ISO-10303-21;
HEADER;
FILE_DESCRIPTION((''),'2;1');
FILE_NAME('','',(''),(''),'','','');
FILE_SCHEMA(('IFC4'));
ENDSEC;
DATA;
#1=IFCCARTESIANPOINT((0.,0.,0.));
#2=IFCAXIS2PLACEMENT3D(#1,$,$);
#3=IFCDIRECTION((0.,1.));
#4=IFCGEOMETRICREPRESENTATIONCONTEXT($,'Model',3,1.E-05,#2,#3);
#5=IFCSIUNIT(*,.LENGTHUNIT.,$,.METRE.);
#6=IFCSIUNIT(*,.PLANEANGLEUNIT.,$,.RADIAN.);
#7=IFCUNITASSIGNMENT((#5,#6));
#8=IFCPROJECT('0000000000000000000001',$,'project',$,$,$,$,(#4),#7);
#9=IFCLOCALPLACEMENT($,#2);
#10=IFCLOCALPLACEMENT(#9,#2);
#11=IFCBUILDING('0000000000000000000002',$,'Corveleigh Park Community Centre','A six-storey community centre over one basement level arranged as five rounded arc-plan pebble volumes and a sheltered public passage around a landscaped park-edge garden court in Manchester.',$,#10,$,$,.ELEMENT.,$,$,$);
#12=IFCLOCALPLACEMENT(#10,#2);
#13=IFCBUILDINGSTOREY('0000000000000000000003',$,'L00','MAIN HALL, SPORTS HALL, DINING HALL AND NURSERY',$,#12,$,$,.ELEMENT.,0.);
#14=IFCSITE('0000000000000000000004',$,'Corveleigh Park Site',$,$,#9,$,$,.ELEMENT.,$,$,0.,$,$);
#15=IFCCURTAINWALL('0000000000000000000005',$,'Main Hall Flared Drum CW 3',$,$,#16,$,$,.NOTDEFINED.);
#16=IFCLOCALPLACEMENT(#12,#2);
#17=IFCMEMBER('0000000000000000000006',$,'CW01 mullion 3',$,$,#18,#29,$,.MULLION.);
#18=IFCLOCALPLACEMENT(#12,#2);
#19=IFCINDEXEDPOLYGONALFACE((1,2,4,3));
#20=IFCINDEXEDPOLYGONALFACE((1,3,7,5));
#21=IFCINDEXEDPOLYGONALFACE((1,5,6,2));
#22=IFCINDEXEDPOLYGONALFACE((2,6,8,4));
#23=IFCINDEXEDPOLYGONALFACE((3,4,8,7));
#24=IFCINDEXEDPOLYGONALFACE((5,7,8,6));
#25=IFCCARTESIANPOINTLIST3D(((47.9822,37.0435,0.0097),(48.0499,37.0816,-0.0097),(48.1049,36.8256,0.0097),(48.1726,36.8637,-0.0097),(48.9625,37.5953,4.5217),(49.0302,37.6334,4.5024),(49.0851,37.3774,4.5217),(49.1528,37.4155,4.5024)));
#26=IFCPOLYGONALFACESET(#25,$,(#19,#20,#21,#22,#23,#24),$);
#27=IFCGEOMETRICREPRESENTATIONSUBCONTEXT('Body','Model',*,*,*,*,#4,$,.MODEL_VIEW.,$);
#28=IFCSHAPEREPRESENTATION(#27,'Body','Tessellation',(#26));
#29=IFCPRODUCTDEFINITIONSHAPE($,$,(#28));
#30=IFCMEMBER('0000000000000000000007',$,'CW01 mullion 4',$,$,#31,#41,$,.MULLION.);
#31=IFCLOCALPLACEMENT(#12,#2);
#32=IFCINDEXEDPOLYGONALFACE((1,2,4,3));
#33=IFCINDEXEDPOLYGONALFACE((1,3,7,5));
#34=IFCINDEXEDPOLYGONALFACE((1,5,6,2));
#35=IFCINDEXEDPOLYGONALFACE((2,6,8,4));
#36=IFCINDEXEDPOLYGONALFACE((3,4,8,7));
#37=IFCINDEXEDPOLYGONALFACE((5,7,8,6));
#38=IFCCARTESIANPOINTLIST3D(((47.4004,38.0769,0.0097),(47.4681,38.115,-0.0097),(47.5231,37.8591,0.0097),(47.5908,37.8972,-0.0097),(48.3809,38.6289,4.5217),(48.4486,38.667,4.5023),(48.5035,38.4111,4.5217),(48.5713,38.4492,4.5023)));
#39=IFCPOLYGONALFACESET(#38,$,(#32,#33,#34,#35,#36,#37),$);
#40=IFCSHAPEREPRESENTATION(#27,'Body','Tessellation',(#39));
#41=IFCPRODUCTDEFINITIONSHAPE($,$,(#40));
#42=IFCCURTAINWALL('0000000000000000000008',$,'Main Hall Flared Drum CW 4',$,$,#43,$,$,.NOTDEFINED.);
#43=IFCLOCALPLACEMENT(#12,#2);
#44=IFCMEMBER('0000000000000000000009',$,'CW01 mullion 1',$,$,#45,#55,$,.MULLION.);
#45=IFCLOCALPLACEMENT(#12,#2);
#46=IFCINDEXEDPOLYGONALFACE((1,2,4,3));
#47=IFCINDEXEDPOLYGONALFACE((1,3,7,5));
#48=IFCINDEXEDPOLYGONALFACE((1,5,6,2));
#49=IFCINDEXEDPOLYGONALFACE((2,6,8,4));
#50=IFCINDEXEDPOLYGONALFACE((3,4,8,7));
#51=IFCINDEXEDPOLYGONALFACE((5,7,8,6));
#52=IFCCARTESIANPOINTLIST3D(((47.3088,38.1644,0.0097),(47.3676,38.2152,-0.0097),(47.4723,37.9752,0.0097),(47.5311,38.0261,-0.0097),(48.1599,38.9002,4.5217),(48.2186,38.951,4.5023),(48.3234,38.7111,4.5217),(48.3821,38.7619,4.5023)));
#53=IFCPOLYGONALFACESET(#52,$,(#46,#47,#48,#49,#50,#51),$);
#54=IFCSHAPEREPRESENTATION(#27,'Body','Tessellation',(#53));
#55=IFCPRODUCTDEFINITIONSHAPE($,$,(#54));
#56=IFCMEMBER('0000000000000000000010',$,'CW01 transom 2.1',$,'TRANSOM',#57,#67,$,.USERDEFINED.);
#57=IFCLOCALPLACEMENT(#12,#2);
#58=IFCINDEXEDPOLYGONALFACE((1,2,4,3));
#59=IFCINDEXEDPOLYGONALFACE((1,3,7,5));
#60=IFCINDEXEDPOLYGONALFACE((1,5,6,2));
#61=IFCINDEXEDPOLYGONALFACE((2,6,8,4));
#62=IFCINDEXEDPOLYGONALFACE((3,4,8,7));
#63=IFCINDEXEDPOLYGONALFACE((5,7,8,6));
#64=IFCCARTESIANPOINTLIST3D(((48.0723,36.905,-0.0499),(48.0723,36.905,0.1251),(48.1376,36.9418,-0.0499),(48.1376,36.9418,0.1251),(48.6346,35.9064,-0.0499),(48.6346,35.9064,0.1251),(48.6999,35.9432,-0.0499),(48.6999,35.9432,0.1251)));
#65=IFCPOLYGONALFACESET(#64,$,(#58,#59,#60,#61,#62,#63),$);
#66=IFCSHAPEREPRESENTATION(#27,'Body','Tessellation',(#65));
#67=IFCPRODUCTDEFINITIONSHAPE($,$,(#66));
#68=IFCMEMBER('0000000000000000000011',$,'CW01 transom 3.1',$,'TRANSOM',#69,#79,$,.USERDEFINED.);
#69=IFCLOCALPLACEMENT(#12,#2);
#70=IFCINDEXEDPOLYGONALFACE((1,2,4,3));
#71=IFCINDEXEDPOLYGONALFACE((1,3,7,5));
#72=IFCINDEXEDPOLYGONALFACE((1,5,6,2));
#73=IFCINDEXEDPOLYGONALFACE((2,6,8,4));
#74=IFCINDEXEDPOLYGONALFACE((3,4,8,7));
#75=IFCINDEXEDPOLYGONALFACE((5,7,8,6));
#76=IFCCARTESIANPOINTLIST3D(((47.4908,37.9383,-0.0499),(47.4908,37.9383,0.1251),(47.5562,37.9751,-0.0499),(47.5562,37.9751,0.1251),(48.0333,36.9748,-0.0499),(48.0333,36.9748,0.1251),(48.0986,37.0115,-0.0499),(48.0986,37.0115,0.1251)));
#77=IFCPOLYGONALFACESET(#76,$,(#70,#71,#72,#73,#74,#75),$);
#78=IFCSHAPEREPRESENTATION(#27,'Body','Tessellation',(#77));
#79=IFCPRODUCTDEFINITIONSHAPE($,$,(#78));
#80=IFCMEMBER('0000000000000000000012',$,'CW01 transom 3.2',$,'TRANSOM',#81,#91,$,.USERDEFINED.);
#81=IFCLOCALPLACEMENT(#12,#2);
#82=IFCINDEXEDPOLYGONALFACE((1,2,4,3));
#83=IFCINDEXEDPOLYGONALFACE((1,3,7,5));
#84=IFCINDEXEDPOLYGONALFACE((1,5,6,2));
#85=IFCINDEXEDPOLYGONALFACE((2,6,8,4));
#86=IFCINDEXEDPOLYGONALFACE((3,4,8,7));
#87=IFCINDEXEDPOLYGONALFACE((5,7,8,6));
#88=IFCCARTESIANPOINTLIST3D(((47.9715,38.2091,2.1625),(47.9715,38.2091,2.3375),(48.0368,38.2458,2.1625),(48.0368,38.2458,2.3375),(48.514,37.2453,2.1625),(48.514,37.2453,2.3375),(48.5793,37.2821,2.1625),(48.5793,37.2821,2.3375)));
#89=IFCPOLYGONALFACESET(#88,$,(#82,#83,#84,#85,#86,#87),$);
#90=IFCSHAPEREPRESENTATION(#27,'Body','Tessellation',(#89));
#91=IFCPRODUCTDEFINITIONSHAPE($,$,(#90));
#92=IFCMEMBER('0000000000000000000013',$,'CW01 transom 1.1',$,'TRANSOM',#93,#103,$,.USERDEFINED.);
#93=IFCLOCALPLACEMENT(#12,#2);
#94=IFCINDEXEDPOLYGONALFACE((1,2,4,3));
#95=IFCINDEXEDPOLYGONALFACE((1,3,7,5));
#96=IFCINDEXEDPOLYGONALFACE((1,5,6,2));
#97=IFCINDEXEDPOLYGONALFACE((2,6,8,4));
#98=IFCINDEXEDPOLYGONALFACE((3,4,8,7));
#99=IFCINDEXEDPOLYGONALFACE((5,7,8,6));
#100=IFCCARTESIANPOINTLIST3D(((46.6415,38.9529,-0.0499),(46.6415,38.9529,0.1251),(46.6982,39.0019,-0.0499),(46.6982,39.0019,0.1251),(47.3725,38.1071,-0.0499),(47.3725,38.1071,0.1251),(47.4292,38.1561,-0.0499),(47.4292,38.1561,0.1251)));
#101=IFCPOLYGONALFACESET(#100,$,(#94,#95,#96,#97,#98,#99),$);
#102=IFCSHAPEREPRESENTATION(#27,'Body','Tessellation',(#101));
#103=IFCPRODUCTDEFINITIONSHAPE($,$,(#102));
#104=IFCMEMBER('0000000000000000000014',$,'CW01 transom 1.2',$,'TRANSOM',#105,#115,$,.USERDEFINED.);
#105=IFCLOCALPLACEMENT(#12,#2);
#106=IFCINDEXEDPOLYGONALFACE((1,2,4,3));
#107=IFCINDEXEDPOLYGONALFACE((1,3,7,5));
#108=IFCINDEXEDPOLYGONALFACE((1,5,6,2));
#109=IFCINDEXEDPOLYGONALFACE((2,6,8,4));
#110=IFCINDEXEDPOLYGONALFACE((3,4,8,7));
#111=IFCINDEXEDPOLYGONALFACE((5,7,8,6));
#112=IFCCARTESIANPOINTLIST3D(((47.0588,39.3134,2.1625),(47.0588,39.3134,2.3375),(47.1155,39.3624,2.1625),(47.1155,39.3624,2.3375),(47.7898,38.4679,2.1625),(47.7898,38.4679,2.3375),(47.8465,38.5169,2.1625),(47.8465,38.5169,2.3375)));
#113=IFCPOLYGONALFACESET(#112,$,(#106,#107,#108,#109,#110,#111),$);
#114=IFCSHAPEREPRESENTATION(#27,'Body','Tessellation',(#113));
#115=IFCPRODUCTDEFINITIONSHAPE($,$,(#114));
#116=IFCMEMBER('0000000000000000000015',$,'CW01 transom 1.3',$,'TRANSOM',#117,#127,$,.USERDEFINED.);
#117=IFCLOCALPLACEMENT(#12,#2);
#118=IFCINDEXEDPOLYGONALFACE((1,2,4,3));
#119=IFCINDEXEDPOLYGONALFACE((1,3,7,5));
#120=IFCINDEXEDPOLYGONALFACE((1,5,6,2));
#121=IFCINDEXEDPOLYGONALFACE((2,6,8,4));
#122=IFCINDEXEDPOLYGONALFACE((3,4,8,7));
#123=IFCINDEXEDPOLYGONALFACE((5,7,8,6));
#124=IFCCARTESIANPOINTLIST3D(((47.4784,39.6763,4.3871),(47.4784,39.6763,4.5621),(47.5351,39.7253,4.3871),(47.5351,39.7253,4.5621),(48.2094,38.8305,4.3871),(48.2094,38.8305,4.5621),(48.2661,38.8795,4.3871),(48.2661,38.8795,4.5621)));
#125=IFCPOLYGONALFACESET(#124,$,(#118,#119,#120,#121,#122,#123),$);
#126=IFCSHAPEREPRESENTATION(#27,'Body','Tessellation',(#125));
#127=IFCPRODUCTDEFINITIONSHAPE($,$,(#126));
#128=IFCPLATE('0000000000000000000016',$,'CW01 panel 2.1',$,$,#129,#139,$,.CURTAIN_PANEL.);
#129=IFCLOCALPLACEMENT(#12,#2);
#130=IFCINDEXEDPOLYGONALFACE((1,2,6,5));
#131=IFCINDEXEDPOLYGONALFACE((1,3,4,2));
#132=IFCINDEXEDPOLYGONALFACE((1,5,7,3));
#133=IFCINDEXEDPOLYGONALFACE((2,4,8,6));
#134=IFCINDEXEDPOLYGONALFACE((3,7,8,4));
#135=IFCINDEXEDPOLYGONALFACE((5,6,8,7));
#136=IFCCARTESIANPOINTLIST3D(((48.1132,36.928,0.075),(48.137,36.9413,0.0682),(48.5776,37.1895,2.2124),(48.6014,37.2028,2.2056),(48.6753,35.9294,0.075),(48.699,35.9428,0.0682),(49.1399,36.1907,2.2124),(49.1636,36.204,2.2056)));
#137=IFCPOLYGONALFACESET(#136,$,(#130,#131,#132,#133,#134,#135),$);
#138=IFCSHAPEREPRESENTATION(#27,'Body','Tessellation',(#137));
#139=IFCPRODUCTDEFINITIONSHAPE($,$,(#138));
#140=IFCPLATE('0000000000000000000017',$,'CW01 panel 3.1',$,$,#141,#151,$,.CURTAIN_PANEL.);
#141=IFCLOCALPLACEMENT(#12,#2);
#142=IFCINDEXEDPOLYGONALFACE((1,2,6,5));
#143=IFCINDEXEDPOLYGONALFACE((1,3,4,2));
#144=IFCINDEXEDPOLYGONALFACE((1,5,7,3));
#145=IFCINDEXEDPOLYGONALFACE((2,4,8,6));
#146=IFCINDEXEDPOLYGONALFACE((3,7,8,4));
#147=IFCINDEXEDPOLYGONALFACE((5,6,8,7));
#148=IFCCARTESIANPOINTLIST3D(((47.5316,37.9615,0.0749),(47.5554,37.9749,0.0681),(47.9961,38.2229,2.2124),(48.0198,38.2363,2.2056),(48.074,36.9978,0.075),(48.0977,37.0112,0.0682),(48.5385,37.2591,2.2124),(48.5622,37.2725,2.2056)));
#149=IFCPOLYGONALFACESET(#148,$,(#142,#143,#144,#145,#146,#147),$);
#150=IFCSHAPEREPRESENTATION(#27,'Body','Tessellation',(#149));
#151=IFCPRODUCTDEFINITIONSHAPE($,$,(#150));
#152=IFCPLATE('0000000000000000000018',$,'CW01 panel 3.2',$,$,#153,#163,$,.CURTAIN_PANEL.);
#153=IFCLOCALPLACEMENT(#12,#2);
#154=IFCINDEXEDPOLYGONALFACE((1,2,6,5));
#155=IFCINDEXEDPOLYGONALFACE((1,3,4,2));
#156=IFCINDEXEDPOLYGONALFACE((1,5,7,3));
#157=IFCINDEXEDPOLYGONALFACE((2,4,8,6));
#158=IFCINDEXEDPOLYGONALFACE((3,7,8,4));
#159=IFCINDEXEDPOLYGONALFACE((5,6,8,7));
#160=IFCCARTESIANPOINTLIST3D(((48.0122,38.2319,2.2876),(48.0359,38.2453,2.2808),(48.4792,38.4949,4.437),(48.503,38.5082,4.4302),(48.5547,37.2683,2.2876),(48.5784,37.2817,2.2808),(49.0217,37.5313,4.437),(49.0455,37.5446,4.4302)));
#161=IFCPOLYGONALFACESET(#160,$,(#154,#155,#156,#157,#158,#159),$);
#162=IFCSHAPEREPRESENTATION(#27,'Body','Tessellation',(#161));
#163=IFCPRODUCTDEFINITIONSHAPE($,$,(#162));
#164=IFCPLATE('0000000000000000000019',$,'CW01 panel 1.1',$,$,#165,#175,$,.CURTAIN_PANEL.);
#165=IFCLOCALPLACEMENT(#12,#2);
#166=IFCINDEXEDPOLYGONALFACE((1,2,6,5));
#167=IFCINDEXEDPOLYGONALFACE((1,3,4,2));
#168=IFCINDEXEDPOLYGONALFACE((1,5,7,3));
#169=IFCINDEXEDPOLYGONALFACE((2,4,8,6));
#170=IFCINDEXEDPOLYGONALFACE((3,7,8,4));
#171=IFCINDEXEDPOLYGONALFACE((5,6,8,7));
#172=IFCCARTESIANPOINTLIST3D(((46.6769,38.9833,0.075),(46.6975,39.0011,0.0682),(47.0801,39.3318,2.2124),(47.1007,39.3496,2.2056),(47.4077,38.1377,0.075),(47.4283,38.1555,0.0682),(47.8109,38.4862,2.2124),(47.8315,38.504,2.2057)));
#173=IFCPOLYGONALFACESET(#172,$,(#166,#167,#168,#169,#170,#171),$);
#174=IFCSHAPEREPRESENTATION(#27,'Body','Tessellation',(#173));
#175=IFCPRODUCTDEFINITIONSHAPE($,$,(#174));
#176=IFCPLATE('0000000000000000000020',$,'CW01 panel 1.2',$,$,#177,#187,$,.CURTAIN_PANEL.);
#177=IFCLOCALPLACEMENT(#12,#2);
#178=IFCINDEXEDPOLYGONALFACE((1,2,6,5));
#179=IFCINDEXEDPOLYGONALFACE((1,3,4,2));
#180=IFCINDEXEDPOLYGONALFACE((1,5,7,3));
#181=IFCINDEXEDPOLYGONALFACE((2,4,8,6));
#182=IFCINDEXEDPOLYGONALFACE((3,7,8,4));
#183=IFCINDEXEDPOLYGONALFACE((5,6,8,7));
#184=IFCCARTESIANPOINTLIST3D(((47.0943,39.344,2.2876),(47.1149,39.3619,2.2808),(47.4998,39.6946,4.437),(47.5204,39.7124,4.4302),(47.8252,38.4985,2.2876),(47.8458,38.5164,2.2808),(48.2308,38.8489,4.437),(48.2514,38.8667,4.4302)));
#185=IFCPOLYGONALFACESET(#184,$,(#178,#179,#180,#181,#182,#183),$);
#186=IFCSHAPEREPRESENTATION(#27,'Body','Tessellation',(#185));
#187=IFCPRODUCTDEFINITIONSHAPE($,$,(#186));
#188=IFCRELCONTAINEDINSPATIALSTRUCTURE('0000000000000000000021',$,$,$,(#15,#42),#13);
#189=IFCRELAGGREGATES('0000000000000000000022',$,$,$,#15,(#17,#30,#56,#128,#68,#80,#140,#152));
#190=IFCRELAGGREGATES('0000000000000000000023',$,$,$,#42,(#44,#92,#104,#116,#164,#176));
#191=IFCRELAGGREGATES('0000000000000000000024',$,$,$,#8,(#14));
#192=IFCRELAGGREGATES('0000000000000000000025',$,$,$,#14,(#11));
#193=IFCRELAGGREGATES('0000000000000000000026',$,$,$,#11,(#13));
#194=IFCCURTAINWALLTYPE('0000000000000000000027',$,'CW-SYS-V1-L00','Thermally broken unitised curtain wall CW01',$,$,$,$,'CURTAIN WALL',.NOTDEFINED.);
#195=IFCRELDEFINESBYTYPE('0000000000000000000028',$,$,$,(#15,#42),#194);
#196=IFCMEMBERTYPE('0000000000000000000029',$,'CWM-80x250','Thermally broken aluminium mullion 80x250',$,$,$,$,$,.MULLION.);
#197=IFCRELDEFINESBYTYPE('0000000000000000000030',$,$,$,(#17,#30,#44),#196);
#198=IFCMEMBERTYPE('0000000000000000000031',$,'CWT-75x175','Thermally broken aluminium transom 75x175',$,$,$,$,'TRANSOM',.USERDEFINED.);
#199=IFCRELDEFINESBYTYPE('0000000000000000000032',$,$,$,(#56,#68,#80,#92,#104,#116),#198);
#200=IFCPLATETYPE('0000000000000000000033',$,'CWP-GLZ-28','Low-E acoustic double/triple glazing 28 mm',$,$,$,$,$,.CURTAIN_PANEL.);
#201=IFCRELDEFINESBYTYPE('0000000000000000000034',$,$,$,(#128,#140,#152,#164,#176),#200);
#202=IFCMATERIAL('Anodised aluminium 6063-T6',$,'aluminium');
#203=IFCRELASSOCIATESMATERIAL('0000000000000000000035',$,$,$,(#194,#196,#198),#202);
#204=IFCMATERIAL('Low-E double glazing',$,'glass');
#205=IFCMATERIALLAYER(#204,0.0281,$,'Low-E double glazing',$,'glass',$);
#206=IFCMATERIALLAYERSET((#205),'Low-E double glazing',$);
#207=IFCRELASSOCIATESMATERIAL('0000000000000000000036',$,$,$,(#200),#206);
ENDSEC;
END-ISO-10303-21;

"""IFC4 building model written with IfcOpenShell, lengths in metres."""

from ifc_helpers import new_model, si_unit, direction, frame, origin, origin_2d, place, context, subcontext, project, spatial, polyline, rectangle, outline, extrude, material, layer, layer_set, material_profile, profile_set, type_object, element, aggregate, save


model = new_model("IFC4")

# Units and contexts
model_context = context("Model", 3, precision=1e-05, world=origin(), true_north=direction((0.0, 1.0)))
body_context = subcontext(model_context, "Body", "Model", "MODEL_VIEW")
ifc_project = project(units=[si_unit("LENGTHUNIT", "METRE"), si_unit("PLANEANGLEUNIT", "RADIAN")], contexts=[model_context])

# Site, building, storey
site_placement = place(None, origin())
site = spatial("IfcSite", under=ifc_project, at=site_placement, Name="Corveleigh Park Site", CompositionType="ELEMENT", RefElevation=0.0)
building_placement = place(site_placement, origin())
building = spatial("IfcBuilding", under=site, at=building_placement, Name="Corveleigh Park Community Centre", Description="A six-storey community centre over one basement level arranged as five rounded arc-plan pebble volumes and a sheltered public passage around a landscaped park-edge garden court in Manchester.", CompositionType="ELEMENT")
storey_placement = place(building_placement, origin())
storey = spatial("IfcBuildingStorey", under=building, at=storey_placement, Name="L00", Description="MAIN HALL, SPORTS HALL, DINING HALL AND NURSERY", CompositionType="ELEMENT", Elevation=0.0)

# Curtain wall, members
ifc_material_1 = material(Name="Anodised aluminium 6063-T6", Category="aluminium")
curtain_wall_type = type_object("IfcCurtainWallType", Name="CW-SYS-V1-L00", Description="Thermally broken unitised curtain wall CW01", ElementType="CURTAIN WALL", PredefinedType="NOTDEFINED", material=ifc_material_1)
curtain_wall_1_placement = place(storey_placement, origin())
curtain_wall_1 = element("IfcCurtainWall", 1, at=curtain_wall_1_placement, inside=storey, type_object=curtain_wall_type, Name="Main Hall Flared Drum CW 3", PredefinedType="NOTDEFINED")
ifc_material_profile_1 = material_profile(ifc_material_1, rectangle(XDim=0.0801, YDim=0.25, at=origin_2d()), Name="ALU-M80x250", Category="aluminium")
ifc_profile_set_1 = profile_set([ifc_material_profile_1], Name="Anodised aluminium 6063-T6")
member_type_1 = type_object("IfcMemberType", Name="CWM-80x250", Description="Thermally broken aluminium mullion 80x250", PredefinedType="MULLION", material=ifc_profile_set_1)
member_1_placement = place(storey_placement, frame((48.0774, 36.9536, 0.0), z_axis=(0.210798, 0.118656, 0.970301), x_axis=(-0.84555, -0.475951, 0.241899)))
member_1 = element("IfcMember", 2, at=member_1_placement, type_object=member_type_1, Name="CW01 mullion 3", PredefinedType="MULLION", context=body_context, shape_type="SweptSolid", body=[
    extrude(rectangle(XDim=0.0801, YDim=0.25, at=origin_2d()), origin(), (0.0, 0.0, 1.0), 4.6501),
])
member_2_placement = place(storey_placement, frame((47.4956, 37.9871, 0.0), z_axis=(0.210847, 0.118706, 0.970285), x_axis=(-0.845496, -0.476013, 0.241966)))
member_2 = element("IfcMember", 3, at=member_2_placement, type_object=member_type_1, Name="CW01 mullion 4", PredefinedType="MULLION", context=body_context, shape_type="SweptSolid", body=[
    extrude(rectangle(XDim=0.0801, YDim=0.25, at=origin_2d()), origin(), (0.0, 0.0, 1.0), 4.6501),
])

# Curtain wall, member
curtain_wall_2_placement = place(storey_placement, origin())
curtain_wall_2 = element("IfcCurtainWall", 4, at=curtain_wall_2_placement, inside=storey, type_object=curtain_wall_type, Name="Main Hall Flared Drum CW 4", PredefinedType="NOTDEFINED")
member_3_placement = place(storey_placement, frame((47.4199, 38.0952, 0.0), z_axis=(0.183022, 0.158241, 0.97029), x_axis=(-0.733987, -0.634606, 0.241945)))
member_3 = element("IfcMember", 5, at=member_3_placement, type_object=member_type_1, Name="CW01 mullion 1", PredefinedType="MULLION", context=body_context, shape_type="SweptSolid", body=[
    extrude(rectangle(XDim=0.0801, YDim=0.25, at=origin_2d()), origin(), (0.0, 0.0, 1.0), 4.6501),
])

# Members
ifc_material_profile_2 = material_profile(ifc_material_1, rectangle(XDim=0.075, YDim=0.175, at=origin_2d()), Name="ALU-T75x175", Category="aluminium")
ifc_profile_set_2 = profile_set([ifc_material_profile_2], Name="Anodised aluminium 6063-T6")
member_type_2 = type_object("IfcMemberType", Name="CWT-75x175", Description="Thermally broken aluminium transom 75x175", ElementType="TRANSOM", PredefinedType="USERDEFINED", material=ifc_profile_set_2)
member_4_placement = place(storey_placement, frame((48.6672, 35.9248, 0.0376), z_axis=(-0.490646, 0.871359, 0.0), x_axis=(-0.871359, -0.490646, 0.0)))
member_4 = element("IfcMember", 6, at=member_4_placement, type_object=member_type_2, Name="CW01 transom 2.1", ObjectType="TRANSOM", PredefinedType="USERDEFINED", context=body_context, shape_type="SweptSolid", body=[
    extrude(rectangle(XDim=0.075, YDim=0.175, at=origin_2d()), origin(), (0.0, 0.0, 1.0), 1.146),
])
member_5_placement = place(storey_placement, frame((48.0659, 36.9932, 0.0376), z_axis=(-0.490565, 0.871404, 0.0), x_axis=(-0.871404, -0.490565, 0.0)))
member_5 = element("IfcMember", 7, at=member_5_placement, type_object=member_type_2, Name="CW01 transom 3.1", ObjectType="TRANSOM", PredefinedType="USERDEFINED", context=body_context, shape_type="SweptSolid", body=[
    extrude(rectangle(XDim=0.075, YDim=0.175, at=origin_2d()), origin(), (0.0, 0.0, 1.0), 1.1057),
])
member_6_placement = place(storey_placement, frame((48.5466, 37.2637, 2.25), z_axis=(-0.490471, 0.871458, 0.0), x_axis=(-0.871458, -0.490471, 0.0)))
member_6 = element("IfcMember", 8, at=member_6_placement, type_object=member_type_2, Name="CW01 transom 3.2", ObjectType="TRANSOM", PredefinedType="USERDEFINED", context=body_context, shape_type="SweptSolid", body=[
    extrude(rectangle(XDim=0.075, YDim=0.175, at=origin_2d()), origin(), (0.0, 0.0, 1.0), 1.106),
])
member_7_placement = place(storey_placement, frame((47.4009, 38.1316, 0.0376), z_axis=(-0.653916, 0.756568, 0.0), x_axis=(-0.756568, -0.653916, 0.0)))
member_7 = element("IfcMember", 9, at=member_7_placement, type_object=member_type_2, Name="CW01 transom 1.1", ObjectType="TRANSOM", PredefinedType="USERDEFINED", context=body_context, shape_type="SweptSolid", body=[
    extrude(rectangle(XDim=0.075, YDim=0.175, at=origin_2d()), origin(), (0.0, 0.0, 1.0), 1.1179),
])
member_8_placement = place(storey_placement, frame((47.8181, 38.4924, 2.25), z_axis=(-0.654024, 0.756474, 0.0), x_axis=(-0.756474, -0.654024, 0.0)))
member_8 = element("IfcMember", 10, at=member_8_placement, type_object=member_type_2, Name="CW01 transom 1.2", ObjectType="TRANSOM", PredefinedType="USERDEFINED", context=body_context, shape_type="SweptSolid", body=[
    extrude(rectangle(XDim=0.075, YDim=0.175, at=origin_2d()), origin(), (0.0, 0.0, 1.0), 1.1177),
])
member_9_placement = place(storey_placement, frame((48.2378, 38.855, 4.4746), z_axis=(-0.653916, 0.756568, 0.0), x_axis=(-0.756568, -0.653916, 0.0)))
member_9 = element("IfcMember", 11, at=member_9_placement, type_object=member_type_2, Name="CW01 transom 1.3", ObjectType="TRANSOM", PredefinedType="USERDEFINED", context=body_context, shape_type="SweptSolid", body=[
    extrude(rectangle(XDim=0.075, YDim=0.175, at=origin_2d()), origin(), (0.0, 0.0, 1.0), 1.1179),
])

# Plates
ifc_material_2 = material(Name="Low-E double glazing", Category="glass")
ifc_layer_1 = layer(ifc_material_2, 0.0281, Name="Low-E double glazing", Category="glass")
ifc_layer_set_1 = layer_set([ifc_layer_1], Name="Low-E double glazing")
plate_type = type_object("IfcPlateType", Name="CWP-GLZ-28", Description="Low-E acoustic double/triple glazing 28 mm", PredefinedType="CURTAIN_PANEL", material=ifc_layer_set_1)
plate_1_placement = place(storey_placement, frame((48.6753, 35.9294, 0.075), z_axis=(-0.845542, -0.475947, 0.241936), x_axis=(-0.490517, 0.871432, 0.00001)))
plate_1 = element("IfcPlate", 12, at=plate_1_placement, type_object=plate_type, Name="CW01 panel 2.1", PredefinedType="CURTAIN_PANEL", context=body_context, shape_type="SweptSolid", body=[
    extrude(outline(polyline([(0.0, 0.0), (1.1458, 0.0), (1.1459, -2.2029), (-0.0002, -2.2029), (0.0, 0.0)])), origin(), (0.0, 0.0, -1.0), 0.0281),
])
plate_2_placement = place(storey_placement, frame((48.074, 36.9978, 0.075), z_axis=(-0.845589, -0.475865, 0.241936), x_axis=(-0.490442, 0.871474, -0.000035)))
plate_2 = element("IfcPlate", 13, at=plate_2_placement, type_object=plate_type, Name="CW01 panel 3.1", PredefinedType="CURTAIN_PANEL", context=body_context, shape_type="SweptSolid", body=[
    extrude(outline(polyline([(0.0, 0.0), (1.1058, 0.0), (1.1058, -2.2029), (-0.0002, -2.2029), (0.0, 0.0)])), origin(), (0.0, 0.0, -1.0), 0.0281),
])
plate_3_placement = place(storey_placement, frame((48.5547, 37.2683, 2.2876), z_axis=(-0.845514, -0.47599, 0.241948), x_axis=(-0.490565, 0.871404, 0.0)))
plate_3 = element("IfcPlate", 14, at=plate_3_placement, type_object=plate_type, Name="CW01 panel 3.2", PredefinedType="CURTAIN_PANEL", context=body_context, shape_type="SweptSolid", body=[
    extrude(outline(polyline([(0.0, 0.0), (1.1058, 0.0), (1.1058, -2.2152), (0.0, -2.2152), (0.0, 0.0)])), origin(), (0.0, 0.0, -1.0), 0.0281),
])
aggregate(curtain_wall_1, [member_1, member_2, member_4, plate_1, member_5, member_6, plate_2, plate_3])
plate_4_placement = place(storey_placement, frame((47.4077, 38.1377, 0.075), z_axis=(-0.7341, -0.634482, 0.241929), x_axis=(-0.6539, 0.756581, 0.000036)))
plate_4 = element("IfcPlate", 15, at=plate_4_placement, type_object=plate_type, Name="CW01 panel 1.1", PredefinedType="CURTAIN_PANEL", context=body_context, shape_type="SweptSolid", body=[
    extrude(outline(polyline([(0.0, 0.0), (1.1177, 0.0), (1.1177, -2.2028), (0.0001, -2.2029), (0.0, 0.0)])), origin(), (0.0, 0.0, -1.0), 0.0281),
])
plate_5_placement = place(storey_placement, frame((47.8252, 38.4985, 2.2876), z_axis=(-0.734044, -0.634539, 0.24195), x_axis=(-0.653973, 0.756518, -0.000017)))
plate_5 = element("IfcPlate", 16, at=plate_5_placement, type_object=plate_type, Name="CW01 panel 1.2", PredefinedType="CURTAIN_PANEL", context=body_context, shape_type="SweptSolid", body=[
    extrude(outline(polyline([(0.0, 0.0), (1.1176, 0.0), (1.1176, -2.2153), (-0.0002, -2.2152), (0.0, 0.0)])), origin(), (0.0, 0.0, -1.0), 0.0281),
])
aggregate(curtain_wall_2, [member_3, member_7, member_8, member_9, plate_4, plate_5])

save(model, "model.ifc")
